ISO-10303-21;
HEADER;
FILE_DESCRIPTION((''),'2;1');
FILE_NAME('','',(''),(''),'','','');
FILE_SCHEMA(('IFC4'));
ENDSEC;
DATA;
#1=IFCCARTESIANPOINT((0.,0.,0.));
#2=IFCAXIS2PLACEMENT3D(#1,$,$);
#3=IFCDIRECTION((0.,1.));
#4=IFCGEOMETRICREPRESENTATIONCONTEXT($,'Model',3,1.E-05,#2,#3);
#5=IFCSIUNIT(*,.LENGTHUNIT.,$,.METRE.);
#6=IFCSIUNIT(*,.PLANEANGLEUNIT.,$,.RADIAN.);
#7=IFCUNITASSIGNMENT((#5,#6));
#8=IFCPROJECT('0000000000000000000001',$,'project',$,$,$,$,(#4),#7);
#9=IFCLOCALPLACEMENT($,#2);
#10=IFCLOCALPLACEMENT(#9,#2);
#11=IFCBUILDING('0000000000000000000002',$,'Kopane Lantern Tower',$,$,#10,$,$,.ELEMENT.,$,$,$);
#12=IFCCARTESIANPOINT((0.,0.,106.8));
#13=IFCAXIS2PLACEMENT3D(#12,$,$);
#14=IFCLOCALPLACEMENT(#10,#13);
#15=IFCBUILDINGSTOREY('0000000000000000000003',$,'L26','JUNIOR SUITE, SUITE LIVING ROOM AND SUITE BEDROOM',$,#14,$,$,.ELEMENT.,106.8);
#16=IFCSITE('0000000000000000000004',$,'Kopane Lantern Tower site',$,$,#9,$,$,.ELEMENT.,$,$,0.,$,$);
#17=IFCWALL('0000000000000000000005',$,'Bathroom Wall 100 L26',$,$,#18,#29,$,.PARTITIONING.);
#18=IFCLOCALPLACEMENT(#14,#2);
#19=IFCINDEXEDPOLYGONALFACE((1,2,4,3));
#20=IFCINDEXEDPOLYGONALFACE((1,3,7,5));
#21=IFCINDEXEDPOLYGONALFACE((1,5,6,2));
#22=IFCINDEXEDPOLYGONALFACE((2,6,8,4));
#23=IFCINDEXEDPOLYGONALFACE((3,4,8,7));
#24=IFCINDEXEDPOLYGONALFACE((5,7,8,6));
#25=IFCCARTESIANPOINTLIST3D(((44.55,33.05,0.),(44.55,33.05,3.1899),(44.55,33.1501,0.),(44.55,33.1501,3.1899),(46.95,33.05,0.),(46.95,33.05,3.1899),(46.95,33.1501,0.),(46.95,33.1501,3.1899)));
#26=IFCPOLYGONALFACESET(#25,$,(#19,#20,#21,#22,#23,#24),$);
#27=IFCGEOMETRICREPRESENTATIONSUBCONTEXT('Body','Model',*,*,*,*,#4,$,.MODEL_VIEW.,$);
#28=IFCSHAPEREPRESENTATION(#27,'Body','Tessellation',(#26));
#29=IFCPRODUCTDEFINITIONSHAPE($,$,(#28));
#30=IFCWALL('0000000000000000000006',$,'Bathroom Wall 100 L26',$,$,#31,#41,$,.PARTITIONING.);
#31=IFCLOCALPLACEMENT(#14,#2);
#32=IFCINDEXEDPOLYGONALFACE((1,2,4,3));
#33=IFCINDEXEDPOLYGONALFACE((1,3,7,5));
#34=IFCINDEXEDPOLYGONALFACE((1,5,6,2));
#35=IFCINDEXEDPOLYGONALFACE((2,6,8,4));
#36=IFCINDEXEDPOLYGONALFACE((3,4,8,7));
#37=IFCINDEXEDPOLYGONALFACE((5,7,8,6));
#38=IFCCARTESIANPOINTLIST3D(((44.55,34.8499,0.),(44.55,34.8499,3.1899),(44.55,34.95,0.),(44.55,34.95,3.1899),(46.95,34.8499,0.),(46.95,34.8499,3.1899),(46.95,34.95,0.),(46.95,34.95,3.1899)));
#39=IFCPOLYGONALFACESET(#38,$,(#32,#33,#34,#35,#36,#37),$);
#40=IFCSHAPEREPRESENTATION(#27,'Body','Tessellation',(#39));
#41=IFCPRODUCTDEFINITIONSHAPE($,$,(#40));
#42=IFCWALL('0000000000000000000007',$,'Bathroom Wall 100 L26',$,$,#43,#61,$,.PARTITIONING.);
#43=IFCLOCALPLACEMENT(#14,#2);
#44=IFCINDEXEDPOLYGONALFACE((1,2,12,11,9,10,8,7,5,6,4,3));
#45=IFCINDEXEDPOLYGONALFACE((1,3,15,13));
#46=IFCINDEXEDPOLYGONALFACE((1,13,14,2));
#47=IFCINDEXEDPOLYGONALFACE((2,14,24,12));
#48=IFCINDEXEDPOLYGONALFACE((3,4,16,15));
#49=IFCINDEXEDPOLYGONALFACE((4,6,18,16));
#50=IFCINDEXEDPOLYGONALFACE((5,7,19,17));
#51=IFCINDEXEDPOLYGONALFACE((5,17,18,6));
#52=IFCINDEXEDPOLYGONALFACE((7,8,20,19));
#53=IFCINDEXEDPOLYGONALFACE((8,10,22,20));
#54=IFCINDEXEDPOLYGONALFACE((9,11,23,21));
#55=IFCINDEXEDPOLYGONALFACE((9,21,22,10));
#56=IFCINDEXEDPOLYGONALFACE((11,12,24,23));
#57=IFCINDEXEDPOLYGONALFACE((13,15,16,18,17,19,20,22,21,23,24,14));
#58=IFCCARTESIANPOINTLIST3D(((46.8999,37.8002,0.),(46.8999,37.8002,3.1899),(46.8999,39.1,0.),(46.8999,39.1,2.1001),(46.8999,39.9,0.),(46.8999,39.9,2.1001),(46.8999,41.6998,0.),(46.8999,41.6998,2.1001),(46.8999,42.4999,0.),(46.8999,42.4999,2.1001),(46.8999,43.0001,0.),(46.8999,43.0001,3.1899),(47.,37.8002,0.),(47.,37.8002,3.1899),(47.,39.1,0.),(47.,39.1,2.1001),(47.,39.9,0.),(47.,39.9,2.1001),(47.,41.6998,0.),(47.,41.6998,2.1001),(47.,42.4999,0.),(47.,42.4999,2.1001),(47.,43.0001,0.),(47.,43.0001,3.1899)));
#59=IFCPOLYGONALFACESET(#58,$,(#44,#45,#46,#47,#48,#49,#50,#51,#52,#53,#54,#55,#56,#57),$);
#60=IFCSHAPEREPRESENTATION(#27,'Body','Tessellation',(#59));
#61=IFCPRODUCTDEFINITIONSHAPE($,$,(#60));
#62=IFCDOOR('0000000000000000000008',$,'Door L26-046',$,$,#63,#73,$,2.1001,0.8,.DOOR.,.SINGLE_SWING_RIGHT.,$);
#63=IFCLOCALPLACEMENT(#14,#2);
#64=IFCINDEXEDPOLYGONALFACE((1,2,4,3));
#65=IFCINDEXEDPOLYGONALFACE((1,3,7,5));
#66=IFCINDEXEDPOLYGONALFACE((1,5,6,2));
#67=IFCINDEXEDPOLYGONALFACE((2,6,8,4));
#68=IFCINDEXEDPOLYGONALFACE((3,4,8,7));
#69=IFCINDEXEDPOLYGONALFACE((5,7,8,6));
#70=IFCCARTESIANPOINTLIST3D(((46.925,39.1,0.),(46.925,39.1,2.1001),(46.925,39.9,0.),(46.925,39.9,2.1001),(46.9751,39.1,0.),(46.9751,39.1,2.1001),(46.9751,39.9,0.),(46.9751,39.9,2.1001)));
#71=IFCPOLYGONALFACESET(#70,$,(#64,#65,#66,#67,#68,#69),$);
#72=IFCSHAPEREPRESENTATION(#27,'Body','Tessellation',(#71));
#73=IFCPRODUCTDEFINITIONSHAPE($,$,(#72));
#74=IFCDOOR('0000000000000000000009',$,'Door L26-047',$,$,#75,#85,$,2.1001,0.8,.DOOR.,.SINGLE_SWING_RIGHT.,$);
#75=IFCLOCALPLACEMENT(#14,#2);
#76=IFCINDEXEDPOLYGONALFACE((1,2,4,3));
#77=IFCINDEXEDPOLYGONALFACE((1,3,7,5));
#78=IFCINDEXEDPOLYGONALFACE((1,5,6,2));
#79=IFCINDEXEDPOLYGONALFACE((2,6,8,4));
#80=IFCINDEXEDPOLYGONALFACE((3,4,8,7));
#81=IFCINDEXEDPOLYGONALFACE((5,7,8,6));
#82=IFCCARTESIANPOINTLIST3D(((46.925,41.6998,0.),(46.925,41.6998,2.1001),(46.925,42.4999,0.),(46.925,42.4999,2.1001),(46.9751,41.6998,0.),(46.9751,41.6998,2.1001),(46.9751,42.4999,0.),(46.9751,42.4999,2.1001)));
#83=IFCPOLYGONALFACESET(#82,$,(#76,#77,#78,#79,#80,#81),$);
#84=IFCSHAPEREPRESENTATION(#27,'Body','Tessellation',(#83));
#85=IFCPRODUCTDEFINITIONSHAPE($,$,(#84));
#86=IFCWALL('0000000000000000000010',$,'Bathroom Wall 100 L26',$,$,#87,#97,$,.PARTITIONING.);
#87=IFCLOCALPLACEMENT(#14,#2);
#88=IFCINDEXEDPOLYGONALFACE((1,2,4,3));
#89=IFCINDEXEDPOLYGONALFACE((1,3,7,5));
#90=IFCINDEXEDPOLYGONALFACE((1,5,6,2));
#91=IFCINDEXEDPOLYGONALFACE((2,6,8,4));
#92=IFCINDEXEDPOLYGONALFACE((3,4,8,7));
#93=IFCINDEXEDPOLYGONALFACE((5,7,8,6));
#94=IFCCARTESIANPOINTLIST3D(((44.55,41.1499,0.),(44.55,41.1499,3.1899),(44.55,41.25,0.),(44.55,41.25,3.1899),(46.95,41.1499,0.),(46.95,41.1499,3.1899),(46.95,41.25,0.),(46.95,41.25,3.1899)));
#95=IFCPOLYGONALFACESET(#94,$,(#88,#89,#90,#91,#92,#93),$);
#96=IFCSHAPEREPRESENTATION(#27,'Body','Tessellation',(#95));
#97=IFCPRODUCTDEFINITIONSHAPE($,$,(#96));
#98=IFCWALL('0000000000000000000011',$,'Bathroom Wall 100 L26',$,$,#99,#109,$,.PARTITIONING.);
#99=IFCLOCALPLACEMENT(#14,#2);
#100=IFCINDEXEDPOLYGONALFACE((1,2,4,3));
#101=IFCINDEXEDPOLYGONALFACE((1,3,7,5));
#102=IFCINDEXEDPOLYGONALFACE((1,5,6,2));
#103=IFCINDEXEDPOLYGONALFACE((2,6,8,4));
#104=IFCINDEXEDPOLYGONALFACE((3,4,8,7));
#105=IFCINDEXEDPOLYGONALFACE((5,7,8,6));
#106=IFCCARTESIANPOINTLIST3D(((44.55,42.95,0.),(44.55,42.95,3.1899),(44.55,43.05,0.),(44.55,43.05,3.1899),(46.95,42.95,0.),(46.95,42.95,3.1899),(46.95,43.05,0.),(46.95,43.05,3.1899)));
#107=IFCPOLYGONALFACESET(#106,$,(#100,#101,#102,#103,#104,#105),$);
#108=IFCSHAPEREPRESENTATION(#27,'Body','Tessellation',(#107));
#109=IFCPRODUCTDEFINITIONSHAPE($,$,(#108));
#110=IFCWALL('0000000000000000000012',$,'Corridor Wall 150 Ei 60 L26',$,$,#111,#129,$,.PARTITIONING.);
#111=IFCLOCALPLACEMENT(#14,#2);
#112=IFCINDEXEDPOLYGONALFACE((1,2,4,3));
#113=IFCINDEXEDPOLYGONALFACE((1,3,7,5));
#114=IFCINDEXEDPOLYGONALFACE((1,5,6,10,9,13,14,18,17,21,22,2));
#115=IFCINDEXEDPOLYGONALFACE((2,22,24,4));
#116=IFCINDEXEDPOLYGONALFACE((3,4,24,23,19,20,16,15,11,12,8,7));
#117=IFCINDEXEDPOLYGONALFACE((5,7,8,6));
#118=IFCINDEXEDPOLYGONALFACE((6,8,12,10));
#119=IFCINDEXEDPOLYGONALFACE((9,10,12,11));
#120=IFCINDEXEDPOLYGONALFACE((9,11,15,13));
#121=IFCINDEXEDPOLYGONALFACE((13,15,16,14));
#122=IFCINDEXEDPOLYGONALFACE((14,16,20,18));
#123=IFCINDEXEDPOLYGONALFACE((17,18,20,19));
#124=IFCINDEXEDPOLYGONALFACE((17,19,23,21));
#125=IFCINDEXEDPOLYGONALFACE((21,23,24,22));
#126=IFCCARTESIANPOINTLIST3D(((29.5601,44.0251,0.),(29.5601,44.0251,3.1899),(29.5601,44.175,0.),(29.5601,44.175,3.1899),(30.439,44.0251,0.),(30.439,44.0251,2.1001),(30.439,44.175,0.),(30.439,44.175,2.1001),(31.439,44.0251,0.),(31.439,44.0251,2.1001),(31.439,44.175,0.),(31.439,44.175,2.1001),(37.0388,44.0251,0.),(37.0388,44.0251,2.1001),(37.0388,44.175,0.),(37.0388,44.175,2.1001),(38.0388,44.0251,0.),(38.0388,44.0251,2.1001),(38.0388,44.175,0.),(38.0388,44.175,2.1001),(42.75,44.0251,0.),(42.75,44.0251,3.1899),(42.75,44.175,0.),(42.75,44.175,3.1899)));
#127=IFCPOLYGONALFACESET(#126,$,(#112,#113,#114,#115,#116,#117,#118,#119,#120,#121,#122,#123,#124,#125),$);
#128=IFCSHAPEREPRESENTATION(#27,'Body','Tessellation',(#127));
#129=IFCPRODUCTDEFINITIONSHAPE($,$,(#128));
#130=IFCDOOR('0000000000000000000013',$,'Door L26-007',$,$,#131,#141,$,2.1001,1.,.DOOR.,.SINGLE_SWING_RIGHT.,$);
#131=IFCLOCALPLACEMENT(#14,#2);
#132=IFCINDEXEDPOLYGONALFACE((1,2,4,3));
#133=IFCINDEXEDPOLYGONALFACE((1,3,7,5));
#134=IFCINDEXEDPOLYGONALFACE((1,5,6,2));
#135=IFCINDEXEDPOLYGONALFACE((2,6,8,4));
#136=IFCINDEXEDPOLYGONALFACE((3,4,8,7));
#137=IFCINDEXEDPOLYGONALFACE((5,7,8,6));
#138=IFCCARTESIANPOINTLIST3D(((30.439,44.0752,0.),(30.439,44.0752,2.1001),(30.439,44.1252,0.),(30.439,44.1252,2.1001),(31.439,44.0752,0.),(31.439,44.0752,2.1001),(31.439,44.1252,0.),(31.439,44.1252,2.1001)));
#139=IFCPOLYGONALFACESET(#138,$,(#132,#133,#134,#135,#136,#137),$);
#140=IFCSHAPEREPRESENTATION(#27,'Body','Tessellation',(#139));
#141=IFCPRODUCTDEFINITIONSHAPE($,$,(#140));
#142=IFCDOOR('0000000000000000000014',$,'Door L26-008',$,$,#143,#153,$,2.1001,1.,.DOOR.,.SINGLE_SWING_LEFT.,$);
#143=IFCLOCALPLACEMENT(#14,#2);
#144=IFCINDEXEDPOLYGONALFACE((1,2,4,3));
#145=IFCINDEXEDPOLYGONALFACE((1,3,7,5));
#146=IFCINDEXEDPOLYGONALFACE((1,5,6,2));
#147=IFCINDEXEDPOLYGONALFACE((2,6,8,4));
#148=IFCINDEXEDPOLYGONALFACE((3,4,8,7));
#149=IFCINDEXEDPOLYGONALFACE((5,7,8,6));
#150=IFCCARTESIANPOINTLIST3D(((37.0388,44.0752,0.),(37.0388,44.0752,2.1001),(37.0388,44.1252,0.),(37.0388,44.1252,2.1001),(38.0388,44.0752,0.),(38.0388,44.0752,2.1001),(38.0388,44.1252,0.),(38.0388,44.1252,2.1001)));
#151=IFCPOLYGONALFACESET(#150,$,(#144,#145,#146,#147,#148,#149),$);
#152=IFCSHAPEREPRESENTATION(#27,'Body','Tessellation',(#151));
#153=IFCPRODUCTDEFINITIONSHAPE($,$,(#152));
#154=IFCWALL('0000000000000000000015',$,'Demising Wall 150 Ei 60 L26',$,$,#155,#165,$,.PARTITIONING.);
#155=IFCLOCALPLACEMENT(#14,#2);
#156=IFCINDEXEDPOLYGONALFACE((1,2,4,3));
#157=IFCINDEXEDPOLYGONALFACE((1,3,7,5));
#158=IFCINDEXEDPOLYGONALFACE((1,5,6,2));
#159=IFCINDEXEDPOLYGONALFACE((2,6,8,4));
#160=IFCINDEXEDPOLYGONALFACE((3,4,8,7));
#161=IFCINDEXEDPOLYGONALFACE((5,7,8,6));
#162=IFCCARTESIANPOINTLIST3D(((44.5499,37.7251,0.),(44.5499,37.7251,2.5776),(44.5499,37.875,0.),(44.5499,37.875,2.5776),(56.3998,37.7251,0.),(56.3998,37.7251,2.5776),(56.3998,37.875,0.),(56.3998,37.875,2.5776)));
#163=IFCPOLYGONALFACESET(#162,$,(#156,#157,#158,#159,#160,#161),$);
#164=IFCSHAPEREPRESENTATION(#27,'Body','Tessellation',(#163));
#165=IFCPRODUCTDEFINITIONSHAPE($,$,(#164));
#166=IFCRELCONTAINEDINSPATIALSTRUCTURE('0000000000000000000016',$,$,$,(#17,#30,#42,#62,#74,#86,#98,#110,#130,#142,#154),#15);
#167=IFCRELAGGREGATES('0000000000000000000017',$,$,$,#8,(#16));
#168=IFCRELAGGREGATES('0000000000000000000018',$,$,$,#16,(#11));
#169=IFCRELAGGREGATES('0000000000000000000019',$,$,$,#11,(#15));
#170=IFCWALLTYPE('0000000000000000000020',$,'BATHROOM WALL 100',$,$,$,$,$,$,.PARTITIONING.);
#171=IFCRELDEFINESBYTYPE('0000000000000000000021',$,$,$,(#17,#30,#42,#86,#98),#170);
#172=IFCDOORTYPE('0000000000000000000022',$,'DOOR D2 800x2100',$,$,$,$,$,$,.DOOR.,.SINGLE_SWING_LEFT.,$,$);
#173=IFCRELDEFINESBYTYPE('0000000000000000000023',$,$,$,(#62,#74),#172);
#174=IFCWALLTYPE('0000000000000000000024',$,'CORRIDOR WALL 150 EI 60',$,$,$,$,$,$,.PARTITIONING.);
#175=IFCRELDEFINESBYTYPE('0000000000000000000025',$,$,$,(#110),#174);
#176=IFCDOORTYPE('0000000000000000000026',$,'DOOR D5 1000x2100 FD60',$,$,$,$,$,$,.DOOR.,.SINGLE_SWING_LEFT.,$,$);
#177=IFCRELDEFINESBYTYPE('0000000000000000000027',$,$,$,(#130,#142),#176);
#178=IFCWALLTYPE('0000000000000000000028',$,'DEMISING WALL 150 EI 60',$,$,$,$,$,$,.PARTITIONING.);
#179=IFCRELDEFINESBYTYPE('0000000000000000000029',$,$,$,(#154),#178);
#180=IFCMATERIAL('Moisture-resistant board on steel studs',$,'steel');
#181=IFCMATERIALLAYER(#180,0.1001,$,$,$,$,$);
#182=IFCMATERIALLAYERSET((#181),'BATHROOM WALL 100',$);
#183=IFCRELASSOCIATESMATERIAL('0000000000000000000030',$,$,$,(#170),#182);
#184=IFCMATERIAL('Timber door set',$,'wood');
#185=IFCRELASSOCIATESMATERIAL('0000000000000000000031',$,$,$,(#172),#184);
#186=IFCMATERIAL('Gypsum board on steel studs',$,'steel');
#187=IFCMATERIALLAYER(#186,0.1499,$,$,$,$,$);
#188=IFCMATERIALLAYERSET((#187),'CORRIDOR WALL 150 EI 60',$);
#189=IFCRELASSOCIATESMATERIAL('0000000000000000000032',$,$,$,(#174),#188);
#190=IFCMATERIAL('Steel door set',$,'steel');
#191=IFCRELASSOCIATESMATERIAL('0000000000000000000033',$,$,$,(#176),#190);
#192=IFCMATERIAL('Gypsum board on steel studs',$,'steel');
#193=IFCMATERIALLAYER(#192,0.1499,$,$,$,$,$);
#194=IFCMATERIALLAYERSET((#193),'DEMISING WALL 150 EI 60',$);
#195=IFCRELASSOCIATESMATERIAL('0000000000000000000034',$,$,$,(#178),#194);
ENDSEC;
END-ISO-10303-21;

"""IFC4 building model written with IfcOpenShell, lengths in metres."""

from ifc_helpers import new_model, si_unit, direction, frame, frame_2d, origin, place, context, subcontext, project, spatial, rectangle, extrude, material, layer, layer_set, type_object, element, fill, save


model = new_model("IFC4")

# Units and contexts
model_context = context("Model", 3, precision=1e-05, world=origin(), true_north=direction((0.0, 1.0)))
body_context = subcontext(model_context, "Body", "Model", "MODEL_VIEW")
ifc_project = project(units=[si_unit("LENGTHUNIT", "METRE"), si_unit("PLANEANGLEUNIT", "RADIAN")], contexts=[model_context])

# Site, building, storey
site_placement = place(None, origin())
site = spatial("IfcSite", under=ifc_project, at=site_placement, Name="Kopane Lantern Tower site", CompositionType="ELEMENT", RefElevation=0.0)
building_placement = place(site_placement, origin())
building = spatial("IfcBuilding", under=site, at=building_placement, Name="Kopane Lantern Tower", CompositionType="ELEMENT")
storey_placement = place(building_placement, frame((0.0, 0.0, 106.8)))
storey = spatial("IfcBuildingStorey", under=building, at=storey_placement, Name="L26", Description="JUNIOR SUITE, SUITE LIVING ROOM AND SUITE BEDROOM", CompositionType="ELEMENT", Elevation=106.8)

# Walls
ifc_material_1 = material(Name="Moisture-resistant board on steel studs", Category="steel")
ifc_layer_1 = layer(ifc_material_1, 0.1001)
ifc_layer_set_1 = layer_set([ifc_layer_1], Name="BATHROOM WALL 100")
wall_type_1 = type_object("IfcWallType", Name="BATHROOM WALL 100", PredefinedType="PARTITIONING", material=ifc_layer_set_1)
for number, where, z_axis, x_axis, name in (
    (1, (44.55, 33.1001, 0.0), (0.0, 0.0, 1.0), (1.0, 0.0, 0.0), "Bathroom Wall 100 L26"),
    (2, (44.55, 34.8999, 0.0), (0.0, 0.0, 1.0), (1.0, 0.0, 0.0), "Bathroom Wall 100 L26"),
):
    element("IfcWall", number, at=place(storey_placement, frame(where, z_axis=z_axis, x_axis=x_axis)), inside=storey, type_object=wall_type_1, Name=name, PredefinedType="PARTITIONING", context=body_context, shape_type="SweptSolid", body=[
        extrude(rectangle(XDim=2.3999, YDim=0.1001, at=frame_2d((1.2, 0.0))), origin(), (0.0, 0.0, 1.0), 3.1899),
    ])

# Wall, openings, doors
wall_1_placement = place(storey_placement, frame((46.95, 37.8, 0.0), z_axis=(0.0, 0.0, 1.0), x_axis=(0.0, 1.0, 0.0)))
wall_1 = element("IfcWall", 3, at=wall_1_placement, inside=storey, type_object=wall_type_1, Name="Bathroom Wall 100 L26", PredefinedType="PARTITIONING", context=body_context, shape_type="SweptSolid", body=[
    extrude(rectangle(XDim=5.2, YDim=0.1001, at=frame_2d((2.6001, 0.0))), origin(), (0.0, 0.0, 1.0), 3.1899),
])
opening_1_placement = place(wall_1_placement, frame((1.3, 0.0, 0.0)))
opening_1 = element("IfcOpeningElement", 4, at=opening_1_placement, cuts=wall_1, PredefinedType="OPENING", context=body_context, shape_type="SweptSolid", body=[
    extrude(rectangle(XDim=0.8, YDim=2.1001, at=frame_2d((0.3999, 1.05))), frame((0.0, 0.0601, 0.0), z_axis=(0.0, -1.0, 0.0), x_axis=(1.0, 0.0, 0.0)), (0.0, 0.0, 1.0), 0.1201),
])
opening_2_placement = place(wall_1_placement, frame((3.8999, 0.0, 0.0)))
opening_2 = element("IfcOpeningElement", 5, at=opening_2_placement, cuts=wall_1, PredefinedType="OPENING", context=body_context, shape_type="SweptSolid", body=[
    extrude(rectangle(XDim=0.8, YDim=2.1001, at=frame_2d((0.3999, 1.05))), frame((0.0, 0.0601, 0.0), z_axis=(0.0, -1.0, 0.0), x_axis=(1.0, 0.0, 0.0)), (0.0, 0.0, 1.0), 0.1201),
])
ifc_material_2 = material(Name="Timber door set", Category="wood")
door_type_1 = type_object("IfcDoorType", Name="DOOR D2 800x2100", OperationType="SINGLE_SWING_LEFT", PredefinedType="DOOR", material=ifc_material_2)
door_1_placement = place(opening_1_placement, origin())
door_1 = element("IfcDoor", 6, at=door_1_placement, inside=storey, type_object=door_type_1, Name="Door L26-046", OperationType="SINGLE_SWING_RIGHT", OverallHeight=2.1001, OverallWidth=0.8, PredefinedType="DOOR", context=body_context, shape_type="SweptSolid", body=[
    extrude(rectangle(XDim=0.8, YDim=2.1001, at=frame_2d((0.3999, 1.05))), frame((0.0, 0.0249, 0.0), z_axis=(0.0, -1.0, 0.0), x_axis=(1.0, 0.0, 0.0)), (0.0, 0.0, 1.0), 0.05),
])
fill(opening_1, door_1)
door_2_placement = place(opening_2_placement, origin())
door_2 = element("IfcDoor", 7, at=door_2_placement, inside=storey, type_object=door_type_1, Name="Door L26-047", OperationType="SINGLE_SWING_RIGHT", OverallHeight=2.1001, OverallWidth=0.8, PredefinedType="DOOR", context=body_context, shape_type="SweptSolid", body=[
    extrude(rectangle(XDim=0.8, YDim=2.1001, at=frame_2d((0.3999, 1.05))), frame((0.0, 0.0249, 0.0), z_axis=(0.0, -1.0, 0.0), x_axis=(1.0, 0.0, 0.0)), (0.0, 0.0, 1.0), 0.05),
])
fill(opening_2, door_2)

# Walls
for number, where, z_axis, x_axis, name in (
    (8, (44.55, 41.2, 0.0), (0.0, 0.0, 1.0), (1.0, 0.0, 0.0), "Bathroom Wall 100 L26"),
    (9, (44.55, 43.0, 0.0), (0.0, 0.0, 1.0), (1.0, 0.0, 0.0), "Bathroom Wall 100 L26"),
):
    element("IfcWall", number, at=place(storey_placement, frame(where, z_axis=z_axis, x_axis=x_axis)), inside=storey, type_object=wall_type_1, Name=name, PredefinedType="PARTITIONING", context=body_context, shape_type="SweptSolid", body=[
        extrude(rectangle(XDim=2.3999, YDim=0.1001, at=frame_2d((1.2, 0.0))), origin(), (0.0, 0.0, 1.0), 3.1899),
    ])

# Wall, openings, doors
ifc_material_3 = material(Name="Gypsum board on steel studs", Category="steel")
ifc_layer_2 = layer(ifc_material_3, 0.1499)
ifc_layer_set_2 = layer_set([ifc_layer_2], Name="CORRIDOR WALL 150 EI 60")
wall_type_2 = type_object("IfcWallType", Name="CORRIDOR WALL 150 EI 60", PredefinedType="PARTITIONING", material=ifc_layer_set_2)
wall_2_placement = place(storey_placement, frame((42.75, 44.1001, 0.0), z_axis=(0.0, 0.0, 1.0), x_axis=(-1.0, 0.0, 0.0)))
wall_2 = element("IfcWall", 10, at=wall_2_placement, inside=storey, type_object=wall_type_2, Name="Corridor Wall 150 Ei 60 L26", PredefinedType="PARTITIONING", context=body_context, shape_type="SweptSolid", body=[
    extrude(rectangle(XDim=13.1899, YDim=0.1499, at=frame_2d((6.595, 0.0))), origin(), (0.0, 0.0, 1.0), 3.1899),
])
opening_3_placement = place(wall_2_placement, frame((11.311, 0.0, 0.0)))
opening_3 = element("IfcOpeningElement", 11, at=opening_3_placement, cuts=wall_2, PredefinedType="OPENING", context=body_context, shape_type="SweptSolid", body=[
    extrude(rectangle(XDim=1.0, YDim=2.1001, at=frame_2d((0.5, 1.05))), frame((0.0, 0.085, 0.0), z_axis=(0.0, -1.0, 0.0), x_axis=(1.0, 0.0, 0.0)), (0.0, 0.0, 1.0), 0.1699),
])
opening_4_placement = place(wall_2_placement, frame((4.7112, 0.0, 0.0)))
opening_4 = element("IfcOpeningElement", 12, at=opening_4_placement, cuts=wall_2, PredefinedType="OPENING", context=body_context, shape_type="SweptSolid", body=[
    extrude(rectangle(XDim=1.0, YDim=2.1001, at=frame_2d((0.5, 1.05))), frame((0.0, 0.085, 0.0), z_axis=(0.0, -1.0, 0.0), x_axis=(1.0, 0.0, 0.0)), (0.0, 0.0, 1.0), 0.1699),
])
ifc_material_4 = material(Name="Steel door set", Category="steel")
door_type_2 = type_object("IfcDoorType", Name="DOOR D5 1000x2100 FD60", OperationType="SINGLE_SWING_LEFT", PredefinedType="DOOR", material=ifc_material_4)
door_3_placement = place(opening_3_placement, origin())
door_3 = element("IfcDoor", 13, at=door_3_placement, inside=storey, type_object=door_type_2, Name="Door L26-007", OperationType="SINGLE_SWING_RIGHT", OverallHeight=2.1001, OverallWidth=1.0, PredefinedType="DOOR", context=body_context, shape_type="SweptSolid", body=[
    extrude(rectangle(XDim=1.0, YDim=2.1001, at=frame_2d((0.5, 1.05))), frame((0.0, 0.0249, 0.0), z_axis=(0.0, -1.0, 0.0), x_axis=(1.0, 0.0, 0.0)), (0.0, 0.0, 1.0), 0.05),
])
fill(opening_3, door_3)
door_4_placement = place(opening_4_placement, origin())
door_4 = element("IfcDoor", 14, at=door_4_placement, inside=storey, type_object=door_type_2, Name="Door L26-008", OperationType="SINGLE_SWING_LEFT", OverallHeight=2.1001, OverallWidth=1.0, PredefinedType="DOOR", context=body_context, shape_type="SweptSolid", body=[
    extrude(rectangle(XDim=1.0, YDim=2.1001, at=frame_2d((0.5, 1.05))), frame((0.0, 0.0249, 0.0), z_axis=(0.0, -1.0, 0.0), x_axis=(1.0, 0.0, 0.0)), (0.0, 0.0, 1.0), 0.05),
])
fill(opening_4, door_4)

# Wall
ifc_material_5 = material(Name="Gypsum board on steel studs", Category="steel")
ifc_layer_3 = layer(ifc_material_5, 0.1499)
ifc_layer_set_3 = layer_set([ifc_layer_3], Name="DEMISING WALL 150 EI 60")
wall_type_3 = type_object("IfcWallType", Name="DEMISING WALL 150 EI 60", PredefinedType="PARTITIONING", material=ifc_layer_set_3)
wall_3_placement = place(storey_placement, frame((44.55, 37.8, 0.0), z_axis=(0.0, 0.0, 1.0), x_axis=(1.0, 0.0, 0.0)))
element("IfcWall", 15, at=wall_3_placement, inside=storey, type_object=wall_type_3, Name="Demising Wall 150 Ei 60 L26", PredefinedType="PARTITIONING", context=body_context, shape_type="SweptSolid", body=[
    extrude(rectangle(XDim=11.8499, YDim=0.1499, at=frame_2d((5.9248, 0.0))), origin(), (0.0, 0.0, 1.0), 2.5776),
])

save(model, "model.ifc")
